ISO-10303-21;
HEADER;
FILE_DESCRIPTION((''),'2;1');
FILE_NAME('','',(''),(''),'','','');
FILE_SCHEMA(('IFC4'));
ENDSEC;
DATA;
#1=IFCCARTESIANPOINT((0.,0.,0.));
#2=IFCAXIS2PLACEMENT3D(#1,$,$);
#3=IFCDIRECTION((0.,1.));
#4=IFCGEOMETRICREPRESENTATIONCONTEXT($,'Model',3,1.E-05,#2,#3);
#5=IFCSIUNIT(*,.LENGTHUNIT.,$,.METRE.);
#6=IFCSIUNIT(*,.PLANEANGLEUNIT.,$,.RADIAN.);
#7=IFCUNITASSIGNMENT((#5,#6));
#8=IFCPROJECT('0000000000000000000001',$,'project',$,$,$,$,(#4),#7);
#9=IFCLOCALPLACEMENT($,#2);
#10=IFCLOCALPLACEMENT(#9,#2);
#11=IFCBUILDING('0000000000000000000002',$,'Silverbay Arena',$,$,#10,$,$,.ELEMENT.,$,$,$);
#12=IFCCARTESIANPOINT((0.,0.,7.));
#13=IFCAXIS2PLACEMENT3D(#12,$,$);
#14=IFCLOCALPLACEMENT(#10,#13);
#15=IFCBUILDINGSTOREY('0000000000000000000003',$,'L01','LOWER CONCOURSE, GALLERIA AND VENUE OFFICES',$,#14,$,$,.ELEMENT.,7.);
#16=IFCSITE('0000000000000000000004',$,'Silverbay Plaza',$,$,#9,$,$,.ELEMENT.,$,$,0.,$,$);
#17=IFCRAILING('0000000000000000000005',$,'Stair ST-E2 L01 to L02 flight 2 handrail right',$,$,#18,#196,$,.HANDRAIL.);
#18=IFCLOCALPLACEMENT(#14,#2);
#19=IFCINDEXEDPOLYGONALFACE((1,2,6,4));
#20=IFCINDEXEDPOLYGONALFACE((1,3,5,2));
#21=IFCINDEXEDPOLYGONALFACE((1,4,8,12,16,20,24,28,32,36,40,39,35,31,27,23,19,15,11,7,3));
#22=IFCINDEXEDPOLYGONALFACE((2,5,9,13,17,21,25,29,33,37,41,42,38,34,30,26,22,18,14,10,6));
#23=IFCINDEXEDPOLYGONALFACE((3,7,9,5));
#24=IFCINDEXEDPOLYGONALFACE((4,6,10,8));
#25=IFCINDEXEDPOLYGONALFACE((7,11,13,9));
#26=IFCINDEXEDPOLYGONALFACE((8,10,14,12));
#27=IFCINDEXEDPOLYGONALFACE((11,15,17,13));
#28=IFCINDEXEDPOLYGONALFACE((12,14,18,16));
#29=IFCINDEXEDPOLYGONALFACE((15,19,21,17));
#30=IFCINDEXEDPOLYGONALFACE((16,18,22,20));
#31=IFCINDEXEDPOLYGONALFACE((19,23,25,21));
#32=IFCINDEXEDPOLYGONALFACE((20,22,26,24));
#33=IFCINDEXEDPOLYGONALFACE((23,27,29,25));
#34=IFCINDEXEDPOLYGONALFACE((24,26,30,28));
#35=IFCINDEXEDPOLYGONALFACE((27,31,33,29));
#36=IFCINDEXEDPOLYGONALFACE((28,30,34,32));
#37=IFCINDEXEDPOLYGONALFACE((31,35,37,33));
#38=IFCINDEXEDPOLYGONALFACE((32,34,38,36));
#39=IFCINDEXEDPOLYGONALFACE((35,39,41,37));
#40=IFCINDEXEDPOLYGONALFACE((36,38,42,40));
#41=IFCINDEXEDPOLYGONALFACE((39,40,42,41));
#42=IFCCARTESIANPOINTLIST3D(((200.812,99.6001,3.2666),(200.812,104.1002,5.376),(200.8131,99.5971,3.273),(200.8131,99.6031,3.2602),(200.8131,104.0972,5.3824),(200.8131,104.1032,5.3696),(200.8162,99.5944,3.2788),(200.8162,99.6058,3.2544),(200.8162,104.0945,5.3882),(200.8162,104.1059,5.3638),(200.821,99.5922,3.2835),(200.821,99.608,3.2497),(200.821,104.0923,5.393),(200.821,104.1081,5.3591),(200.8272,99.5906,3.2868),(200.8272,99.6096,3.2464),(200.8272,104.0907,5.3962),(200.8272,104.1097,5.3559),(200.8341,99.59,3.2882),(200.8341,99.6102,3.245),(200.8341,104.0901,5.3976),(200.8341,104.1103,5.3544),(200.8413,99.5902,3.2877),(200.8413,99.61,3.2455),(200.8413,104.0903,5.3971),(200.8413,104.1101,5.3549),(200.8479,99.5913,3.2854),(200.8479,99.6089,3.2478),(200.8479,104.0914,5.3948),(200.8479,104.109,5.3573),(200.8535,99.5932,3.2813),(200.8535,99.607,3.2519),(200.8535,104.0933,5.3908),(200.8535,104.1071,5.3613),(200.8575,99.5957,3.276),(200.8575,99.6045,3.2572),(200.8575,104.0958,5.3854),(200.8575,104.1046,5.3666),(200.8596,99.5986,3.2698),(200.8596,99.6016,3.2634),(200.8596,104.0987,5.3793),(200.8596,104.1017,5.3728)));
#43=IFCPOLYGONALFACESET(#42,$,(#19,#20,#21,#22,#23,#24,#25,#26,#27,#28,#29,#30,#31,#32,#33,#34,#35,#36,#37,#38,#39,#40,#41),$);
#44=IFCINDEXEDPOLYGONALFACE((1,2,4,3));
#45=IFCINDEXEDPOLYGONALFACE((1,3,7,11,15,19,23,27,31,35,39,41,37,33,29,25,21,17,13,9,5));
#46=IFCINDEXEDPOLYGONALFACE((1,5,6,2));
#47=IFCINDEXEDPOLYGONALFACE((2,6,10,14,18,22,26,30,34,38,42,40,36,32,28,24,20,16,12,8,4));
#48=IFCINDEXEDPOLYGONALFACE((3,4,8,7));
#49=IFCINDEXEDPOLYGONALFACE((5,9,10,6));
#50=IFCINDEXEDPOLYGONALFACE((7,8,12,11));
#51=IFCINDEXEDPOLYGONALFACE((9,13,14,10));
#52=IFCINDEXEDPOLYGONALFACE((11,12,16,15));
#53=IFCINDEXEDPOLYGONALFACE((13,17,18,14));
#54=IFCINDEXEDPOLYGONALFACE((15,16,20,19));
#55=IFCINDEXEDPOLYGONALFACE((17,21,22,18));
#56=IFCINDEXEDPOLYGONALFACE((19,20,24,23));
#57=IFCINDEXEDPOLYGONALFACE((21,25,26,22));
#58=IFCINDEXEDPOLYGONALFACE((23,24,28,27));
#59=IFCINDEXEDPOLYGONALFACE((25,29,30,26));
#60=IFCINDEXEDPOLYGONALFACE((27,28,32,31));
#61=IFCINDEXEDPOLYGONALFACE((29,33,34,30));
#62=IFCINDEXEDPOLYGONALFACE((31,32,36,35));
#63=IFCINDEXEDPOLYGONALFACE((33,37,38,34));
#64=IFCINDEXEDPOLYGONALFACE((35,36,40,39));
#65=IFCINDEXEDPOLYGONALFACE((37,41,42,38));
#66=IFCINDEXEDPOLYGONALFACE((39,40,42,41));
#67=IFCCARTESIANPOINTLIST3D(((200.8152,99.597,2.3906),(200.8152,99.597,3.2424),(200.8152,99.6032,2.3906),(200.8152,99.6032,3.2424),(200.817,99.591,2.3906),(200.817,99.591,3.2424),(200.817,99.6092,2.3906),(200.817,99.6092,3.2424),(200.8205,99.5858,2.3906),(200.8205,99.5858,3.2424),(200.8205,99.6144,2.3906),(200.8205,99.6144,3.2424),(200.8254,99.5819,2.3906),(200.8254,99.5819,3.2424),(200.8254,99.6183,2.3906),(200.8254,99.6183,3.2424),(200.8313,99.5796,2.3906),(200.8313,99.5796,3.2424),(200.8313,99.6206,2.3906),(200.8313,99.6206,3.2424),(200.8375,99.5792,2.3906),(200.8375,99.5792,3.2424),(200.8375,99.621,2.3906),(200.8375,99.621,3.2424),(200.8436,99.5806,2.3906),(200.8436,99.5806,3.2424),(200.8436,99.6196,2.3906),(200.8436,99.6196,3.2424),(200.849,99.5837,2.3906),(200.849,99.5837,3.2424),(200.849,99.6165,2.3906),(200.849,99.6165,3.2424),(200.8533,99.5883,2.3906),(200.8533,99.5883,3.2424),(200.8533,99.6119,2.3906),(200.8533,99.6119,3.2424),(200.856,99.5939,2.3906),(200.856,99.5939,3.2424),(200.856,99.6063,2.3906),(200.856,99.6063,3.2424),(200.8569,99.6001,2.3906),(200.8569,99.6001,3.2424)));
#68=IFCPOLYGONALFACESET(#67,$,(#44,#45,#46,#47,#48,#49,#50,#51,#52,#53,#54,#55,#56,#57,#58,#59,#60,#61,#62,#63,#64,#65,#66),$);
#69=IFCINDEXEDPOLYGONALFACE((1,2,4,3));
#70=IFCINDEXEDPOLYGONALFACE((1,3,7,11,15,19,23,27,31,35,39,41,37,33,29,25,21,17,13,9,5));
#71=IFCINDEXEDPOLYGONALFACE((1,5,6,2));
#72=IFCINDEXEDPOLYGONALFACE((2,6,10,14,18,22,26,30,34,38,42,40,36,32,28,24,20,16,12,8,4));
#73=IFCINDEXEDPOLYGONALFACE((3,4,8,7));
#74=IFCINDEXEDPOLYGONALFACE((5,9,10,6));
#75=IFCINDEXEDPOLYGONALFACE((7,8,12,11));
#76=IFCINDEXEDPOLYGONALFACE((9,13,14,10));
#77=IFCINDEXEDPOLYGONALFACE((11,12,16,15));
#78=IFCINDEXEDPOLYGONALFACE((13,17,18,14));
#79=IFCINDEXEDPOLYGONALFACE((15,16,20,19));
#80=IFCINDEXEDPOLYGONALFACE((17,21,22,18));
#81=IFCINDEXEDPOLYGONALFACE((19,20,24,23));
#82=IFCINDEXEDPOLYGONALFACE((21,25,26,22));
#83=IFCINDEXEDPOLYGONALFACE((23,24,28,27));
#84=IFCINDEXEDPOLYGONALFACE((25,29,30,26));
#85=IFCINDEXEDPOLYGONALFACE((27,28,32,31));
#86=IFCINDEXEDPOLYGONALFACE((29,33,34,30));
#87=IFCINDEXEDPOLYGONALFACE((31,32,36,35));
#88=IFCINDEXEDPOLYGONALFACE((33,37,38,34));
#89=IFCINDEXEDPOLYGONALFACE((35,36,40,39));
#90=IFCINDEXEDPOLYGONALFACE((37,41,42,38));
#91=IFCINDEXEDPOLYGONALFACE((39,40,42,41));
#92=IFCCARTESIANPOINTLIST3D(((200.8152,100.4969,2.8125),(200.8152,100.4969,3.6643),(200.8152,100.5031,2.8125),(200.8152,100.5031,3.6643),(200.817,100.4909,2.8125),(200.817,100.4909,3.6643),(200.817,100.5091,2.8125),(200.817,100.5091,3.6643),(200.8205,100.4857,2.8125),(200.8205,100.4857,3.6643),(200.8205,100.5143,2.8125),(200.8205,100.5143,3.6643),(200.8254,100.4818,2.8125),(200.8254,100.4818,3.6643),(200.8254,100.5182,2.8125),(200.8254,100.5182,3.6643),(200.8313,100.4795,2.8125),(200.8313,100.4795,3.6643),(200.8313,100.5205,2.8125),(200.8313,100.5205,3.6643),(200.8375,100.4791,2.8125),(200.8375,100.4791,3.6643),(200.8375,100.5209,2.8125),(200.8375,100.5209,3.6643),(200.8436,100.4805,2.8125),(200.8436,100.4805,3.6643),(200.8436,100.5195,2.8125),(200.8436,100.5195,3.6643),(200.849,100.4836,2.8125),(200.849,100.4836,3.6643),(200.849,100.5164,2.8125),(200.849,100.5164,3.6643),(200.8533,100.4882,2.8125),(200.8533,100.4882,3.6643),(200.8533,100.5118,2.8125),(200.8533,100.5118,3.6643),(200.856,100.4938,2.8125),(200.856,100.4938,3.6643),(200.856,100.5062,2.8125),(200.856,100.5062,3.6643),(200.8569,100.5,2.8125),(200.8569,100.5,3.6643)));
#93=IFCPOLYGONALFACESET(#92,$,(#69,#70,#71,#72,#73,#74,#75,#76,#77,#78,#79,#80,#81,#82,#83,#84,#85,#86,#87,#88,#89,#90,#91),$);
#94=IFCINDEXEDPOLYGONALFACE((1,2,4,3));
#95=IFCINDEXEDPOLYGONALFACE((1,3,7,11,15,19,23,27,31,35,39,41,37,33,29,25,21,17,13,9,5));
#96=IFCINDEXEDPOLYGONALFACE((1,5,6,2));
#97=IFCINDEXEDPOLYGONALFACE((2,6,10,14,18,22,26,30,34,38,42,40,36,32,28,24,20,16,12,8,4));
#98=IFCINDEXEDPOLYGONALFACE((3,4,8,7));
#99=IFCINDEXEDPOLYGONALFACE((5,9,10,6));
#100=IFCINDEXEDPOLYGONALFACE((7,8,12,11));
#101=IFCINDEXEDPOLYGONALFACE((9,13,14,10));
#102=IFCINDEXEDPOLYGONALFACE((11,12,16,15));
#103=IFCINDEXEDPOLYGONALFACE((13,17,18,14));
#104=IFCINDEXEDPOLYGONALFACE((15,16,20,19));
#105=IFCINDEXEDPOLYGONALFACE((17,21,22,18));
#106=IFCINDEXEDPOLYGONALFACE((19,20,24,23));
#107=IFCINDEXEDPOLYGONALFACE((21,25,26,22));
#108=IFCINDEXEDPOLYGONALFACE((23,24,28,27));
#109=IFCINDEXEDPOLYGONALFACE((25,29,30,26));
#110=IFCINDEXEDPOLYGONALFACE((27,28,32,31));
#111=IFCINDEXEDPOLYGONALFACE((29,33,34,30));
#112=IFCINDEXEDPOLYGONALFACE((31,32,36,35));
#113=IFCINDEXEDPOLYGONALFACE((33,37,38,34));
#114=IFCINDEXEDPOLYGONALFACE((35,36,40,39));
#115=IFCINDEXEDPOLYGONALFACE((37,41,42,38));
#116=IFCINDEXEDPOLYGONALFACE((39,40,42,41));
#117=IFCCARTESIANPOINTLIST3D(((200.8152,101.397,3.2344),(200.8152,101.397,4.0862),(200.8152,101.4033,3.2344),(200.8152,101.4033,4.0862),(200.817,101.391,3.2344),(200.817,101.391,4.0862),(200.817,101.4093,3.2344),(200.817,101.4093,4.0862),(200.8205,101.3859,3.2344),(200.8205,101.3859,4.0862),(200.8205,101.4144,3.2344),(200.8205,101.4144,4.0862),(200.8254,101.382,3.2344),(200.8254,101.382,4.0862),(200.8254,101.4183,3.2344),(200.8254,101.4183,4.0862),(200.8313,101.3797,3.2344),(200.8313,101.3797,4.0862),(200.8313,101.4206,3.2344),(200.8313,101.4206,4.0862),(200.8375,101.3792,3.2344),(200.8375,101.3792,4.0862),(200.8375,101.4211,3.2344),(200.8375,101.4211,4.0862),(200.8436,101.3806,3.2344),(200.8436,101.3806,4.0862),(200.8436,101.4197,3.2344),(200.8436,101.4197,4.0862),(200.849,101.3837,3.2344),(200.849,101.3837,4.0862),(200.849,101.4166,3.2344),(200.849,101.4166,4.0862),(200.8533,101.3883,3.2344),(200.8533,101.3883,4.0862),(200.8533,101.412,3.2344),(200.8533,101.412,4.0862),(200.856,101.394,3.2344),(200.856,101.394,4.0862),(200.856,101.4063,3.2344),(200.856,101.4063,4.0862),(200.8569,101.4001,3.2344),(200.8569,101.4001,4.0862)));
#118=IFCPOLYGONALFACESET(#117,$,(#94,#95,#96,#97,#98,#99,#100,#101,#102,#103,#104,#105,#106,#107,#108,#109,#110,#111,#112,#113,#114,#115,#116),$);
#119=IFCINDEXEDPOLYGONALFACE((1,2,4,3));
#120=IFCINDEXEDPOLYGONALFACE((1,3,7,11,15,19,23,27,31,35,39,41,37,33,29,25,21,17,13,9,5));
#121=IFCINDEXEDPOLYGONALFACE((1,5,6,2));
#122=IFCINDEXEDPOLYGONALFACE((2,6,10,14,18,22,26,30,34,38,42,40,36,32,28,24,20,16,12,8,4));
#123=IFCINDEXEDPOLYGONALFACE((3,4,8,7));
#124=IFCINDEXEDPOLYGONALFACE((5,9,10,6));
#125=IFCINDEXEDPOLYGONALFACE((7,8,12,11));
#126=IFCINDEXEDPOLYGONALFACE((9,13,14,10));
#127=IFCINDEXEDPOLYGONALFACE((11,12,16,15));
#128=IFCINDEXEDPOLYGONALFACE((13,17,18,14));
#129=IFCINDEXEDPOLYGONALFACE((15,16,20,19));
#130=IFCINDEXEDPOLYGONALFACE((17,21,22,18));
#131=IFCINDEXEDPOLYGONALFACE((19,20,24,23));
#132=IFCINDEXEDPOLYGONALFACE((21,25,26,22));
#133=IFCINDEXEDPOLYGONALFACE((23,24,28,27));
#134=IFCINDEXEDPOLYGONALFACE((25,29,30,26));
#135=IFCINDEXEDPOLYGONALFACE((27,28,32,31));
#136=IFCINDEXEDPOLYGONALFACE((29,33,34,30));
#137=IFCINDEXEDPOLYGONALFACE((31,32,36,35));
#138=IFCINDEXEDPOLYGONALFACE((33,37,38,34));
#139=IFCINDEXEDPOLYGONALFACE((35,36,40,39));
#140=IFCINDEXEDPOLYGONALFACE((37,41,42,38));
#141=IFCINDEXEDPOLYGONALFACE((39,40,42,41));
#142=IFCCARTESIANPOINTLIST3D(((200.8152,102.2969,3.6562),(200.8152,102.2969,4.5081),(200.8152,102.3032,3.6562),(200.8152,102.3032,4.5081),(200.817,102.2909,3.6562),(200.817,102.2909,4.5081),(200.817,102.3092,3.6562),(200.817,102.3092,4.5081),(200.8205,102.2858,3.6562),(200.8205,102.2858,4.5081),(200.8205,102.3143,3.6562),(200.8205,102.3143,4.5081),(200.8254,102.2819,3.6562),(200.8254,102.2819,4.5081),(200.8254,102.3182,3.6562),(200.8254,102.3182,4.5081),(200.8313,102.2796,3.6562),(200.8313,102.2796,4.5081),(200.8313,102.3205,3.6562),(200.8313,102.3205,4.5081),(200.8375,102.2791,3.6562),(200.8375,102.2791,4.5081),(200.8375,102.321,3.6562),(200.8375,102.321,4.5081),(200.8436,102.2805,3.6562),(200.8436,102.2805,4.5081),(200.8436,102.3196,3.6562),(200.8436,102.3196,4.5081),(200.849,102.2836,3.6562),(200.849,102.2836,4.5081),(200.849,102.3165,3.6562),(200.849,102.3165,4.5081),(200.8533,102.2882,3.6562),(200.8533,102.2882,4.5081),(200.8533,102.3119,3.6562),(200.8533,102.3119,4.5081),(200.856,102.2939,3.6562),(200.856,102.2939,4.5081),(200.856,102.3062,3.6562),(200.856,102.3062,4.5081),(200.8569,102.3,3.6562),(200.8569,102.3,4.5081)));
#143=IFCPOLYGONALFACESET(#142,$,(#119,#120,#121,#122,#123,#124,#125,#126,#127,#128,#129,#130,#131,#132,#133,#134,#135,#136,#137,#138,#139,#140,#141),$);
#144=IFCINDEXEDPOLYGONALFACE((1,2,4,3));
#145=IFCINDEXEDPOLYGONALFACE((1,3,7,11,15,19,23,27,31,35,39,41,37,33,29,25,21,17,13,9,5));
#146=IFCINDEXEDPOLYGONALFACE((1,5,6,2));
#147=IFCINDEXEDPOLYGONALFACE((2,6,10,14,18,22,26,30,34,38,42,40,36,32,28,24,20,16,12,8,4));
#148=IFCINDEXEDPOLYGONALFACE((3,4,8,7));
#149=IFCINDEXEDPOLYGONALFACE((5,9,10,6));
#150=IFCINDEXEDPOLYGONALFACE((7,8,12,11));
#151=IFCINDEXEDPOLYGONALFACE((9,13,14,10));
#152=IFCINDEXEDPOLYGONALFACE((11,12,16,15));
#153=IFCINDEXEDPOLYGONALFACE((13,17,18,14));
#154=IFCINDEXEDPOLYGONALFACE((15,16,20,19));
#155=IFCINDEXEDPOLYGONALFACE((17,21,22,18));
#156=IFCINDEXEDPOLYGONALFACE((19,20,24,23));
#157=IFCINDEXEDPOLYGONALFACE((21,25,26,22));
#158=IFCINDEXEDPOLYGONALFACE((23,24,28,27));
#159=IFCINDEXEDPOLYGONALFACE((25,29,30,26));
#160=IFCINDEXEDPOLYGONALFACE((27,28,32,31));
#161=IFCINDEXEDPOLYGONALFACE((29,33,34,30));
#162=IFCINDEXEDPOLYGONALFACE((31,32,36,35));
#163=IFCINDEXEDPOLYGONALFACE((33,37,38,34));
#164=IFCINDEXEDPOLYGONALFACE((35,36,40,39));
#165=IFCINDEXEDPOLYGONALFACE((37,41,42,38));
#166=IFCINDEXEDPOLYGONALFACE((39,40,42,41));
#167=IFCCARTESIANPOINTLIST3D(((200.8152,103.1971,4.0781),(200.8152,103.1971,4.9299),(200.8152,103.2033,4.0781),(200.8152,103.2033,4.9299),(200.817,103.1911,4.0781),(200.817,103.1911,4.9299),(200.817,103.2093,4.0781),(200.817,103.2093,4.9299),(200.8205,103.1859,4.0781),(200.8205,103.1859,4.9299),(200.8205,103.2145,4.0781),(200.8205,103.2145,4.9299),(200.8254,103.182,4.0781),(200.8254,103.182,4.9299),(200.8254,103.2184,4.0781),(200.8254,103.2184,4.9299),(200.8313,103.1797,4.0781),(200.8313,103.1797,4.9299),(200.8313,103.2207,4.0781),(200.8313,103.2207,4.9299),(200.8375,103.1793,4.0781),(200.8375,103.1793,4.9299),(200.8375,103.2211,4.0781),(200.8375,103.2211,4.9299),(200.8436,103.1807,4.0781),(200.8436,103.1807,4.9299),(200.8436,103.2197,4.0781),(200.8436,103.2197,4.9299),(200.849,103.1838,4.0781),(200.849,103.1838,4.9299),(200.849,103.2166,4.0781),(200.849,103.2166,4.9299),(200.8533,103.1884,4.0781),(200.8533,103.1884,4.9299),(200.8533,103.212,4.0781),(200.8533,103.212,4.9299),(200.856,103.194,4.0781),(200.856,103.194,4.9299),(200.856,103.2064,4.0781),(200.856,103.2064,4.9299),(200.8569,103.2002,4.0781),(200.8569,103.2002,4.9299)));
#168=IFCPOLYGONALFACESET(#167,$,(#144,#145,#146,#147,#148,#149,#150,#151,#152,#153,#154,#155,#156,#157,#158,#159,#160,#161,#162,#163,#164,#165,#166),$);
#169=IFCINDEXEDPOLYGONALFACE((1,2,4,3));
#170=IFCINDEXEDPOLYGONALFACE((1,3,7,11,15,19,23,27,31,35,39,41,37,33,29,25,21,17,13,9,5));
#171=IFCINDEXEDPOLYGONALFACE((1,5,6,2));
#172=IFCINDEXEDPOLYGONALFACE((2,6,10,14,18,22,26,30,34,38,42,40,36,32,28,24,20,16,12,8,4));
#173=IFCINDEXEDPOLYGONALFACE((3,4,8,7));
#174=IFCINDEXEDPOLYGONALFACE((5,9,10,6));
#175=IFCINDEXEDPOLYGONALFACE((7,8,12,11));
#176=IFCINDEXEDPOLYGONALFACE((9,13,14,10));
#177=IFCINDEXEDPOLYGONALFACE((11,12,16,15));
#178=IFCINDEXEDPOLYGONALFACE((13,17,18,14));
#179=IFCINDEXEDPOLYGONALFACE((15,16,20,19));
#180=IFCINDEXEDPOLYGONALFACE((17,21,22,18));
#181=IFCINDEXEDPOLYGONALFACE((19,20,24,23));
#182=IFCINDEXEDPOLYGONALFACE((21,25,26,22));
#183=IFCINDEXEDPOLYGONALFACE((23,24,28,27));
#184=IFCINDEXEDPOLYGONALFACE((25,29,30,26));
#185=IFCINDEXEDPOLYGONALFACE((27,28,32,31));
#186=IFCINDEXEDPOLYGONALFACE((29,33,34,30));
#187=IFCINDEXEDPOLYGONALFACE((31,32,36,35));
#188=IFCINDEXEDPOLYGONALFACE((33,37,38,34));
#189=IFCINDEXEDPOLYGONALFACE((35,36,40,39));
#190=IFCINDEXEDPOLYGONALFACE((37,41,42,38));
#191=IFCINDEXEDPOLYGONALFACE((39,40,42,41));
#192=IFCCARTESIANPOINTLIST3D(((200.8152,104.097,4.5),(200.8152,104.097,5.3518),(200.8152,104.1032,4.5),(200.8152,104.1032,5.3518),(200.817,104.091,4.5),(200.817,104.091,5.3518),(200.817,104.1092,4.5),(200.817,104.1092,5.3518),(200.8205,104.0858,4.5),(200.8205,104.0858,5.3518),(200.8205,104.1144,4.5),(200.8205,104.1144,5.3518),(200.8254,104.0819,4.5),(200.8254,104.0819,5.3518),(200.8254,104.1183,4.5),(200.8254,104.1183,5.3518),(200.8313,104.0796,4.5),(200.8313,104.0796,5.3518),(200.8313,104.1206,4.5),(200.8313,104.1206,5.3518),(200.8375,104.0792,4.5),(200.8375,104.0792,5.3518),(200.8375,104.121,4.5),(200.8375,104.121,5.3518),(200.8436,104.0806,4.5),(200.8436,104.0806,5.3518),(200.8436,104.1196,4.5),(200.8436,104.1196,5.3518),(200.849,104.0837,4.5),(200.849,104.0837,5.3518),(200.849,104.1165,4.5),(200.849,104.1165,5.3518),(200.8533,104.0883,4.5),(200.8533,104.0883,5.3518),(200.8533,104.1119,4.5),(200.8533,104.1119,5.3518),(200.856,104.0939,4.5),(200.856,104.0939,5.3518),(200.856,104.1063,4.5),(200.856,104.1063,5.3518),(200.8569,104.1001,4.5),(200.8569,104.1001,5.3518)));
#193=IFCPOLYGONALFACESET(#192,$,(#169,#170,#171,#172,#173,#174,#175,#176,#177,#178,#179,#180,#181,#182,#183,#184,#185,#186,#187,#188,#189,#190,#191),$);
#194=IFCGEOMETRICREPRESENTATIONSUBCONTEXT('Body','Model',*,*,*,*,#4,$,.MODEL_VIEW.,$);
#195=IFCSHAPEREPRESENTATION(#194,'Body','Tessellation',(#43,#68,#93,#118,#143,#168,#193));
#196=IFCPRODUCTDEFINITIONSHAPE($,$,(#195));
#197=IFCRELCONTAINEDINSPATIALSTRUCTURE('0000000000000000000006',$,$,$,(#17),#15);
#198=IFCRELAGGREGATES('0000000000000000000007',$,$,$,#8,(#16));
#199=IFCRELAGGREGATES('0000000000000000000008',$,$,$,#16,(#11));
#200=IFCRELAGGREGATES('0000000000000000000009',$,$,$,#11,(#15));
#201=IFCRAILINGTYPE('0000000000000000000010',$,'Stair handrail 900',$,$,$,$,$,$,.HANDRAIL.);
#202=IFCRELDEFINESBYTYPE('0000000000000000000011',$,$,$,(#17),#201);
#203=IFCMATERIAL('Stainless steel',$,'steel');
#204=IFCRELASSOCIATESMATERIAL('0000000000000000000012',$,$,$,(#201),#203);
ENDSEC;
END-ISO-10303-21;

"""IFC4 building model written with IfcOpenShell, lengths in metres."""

from ifc_helpers import new_model, si_unit, direction, frame, origin, origin_2d, place, context, subcontext, project, spatial, circle, extrude, material, type_object, element, save


model = new_model("IFC4")

# Units and contexts
model_context = context("Model", 3, precision=1e-05, world=origin(), true_north=direction((0.0, 1.0)))
body_context = subcontext(model_context, "Body", "Model", "MODEL_VIEW")
ifc_project = project(units=[si_unit("LENGTHUNIT", "METRE"), si_unit("PLANEANGLEUNIT", "RADIAN")], contexts=[model_context])

# Site, building, storey
site_placement = place(None, origin())
site = spatial("IfcSite", under=ifc_project, at=site_placement, Name="Silverbay Plaza", CompositionType="ELEMENT", RefElevation=0.0)
building_placement = place(site_placement, origin())
building = spatial("IfcBuilding", under=site, at=building_placement, Name="Silverbay Arena", CompositionType="ELEMENT")
storey_placement = place(building_placement, frame((0.0, 0.0, 7.0)))
storey = spatial("IfcBuildingStorey", under=building, at=storey_placement, Name="L01", Description="LOWER CONCOURSE, GALLERIA AND VENUE OFFICES", CompositionType="ELEMENT", Elevation=7.0)

# Railing
ifc_material_1 = material(Name="Stainless steel", Category="steel")
railing_type_1 = type_object("IfcRailingType", Name="Stair handrail 900", PredefinedType="HANDRAIL", material=ifc_material_1)
for number, where, name in (
    (1, (200.8359, 99.6001, 2.3906), "Stair ST-E2 L01 to L02 flight 2 handrail right"),
):
    element("IfcRailing", number, at=place(storey_placement, frame(where)), inside=storey, type_object=railing_type_1, Name=name, PredefinedType="HANDRAIL", context=body_context, shape_type="SweptSolid", body=[
        extrude(circle(Radius=0.0239, at=origin_2d()), frame((0.0, 0.0, 0.876), z_axis=(0.0, 0.905459, 0.424434), x_axis=(-1.0, 0.0, 0.0)), (0.0, 0.0, 1.0), 4.97),
        extrude(circle(Radius=0.021, at=origin_2d()), origin(), (0.0, 0.0, 1.0), 0.8518),
        extrude(circle(Radius=0.021, at=origin_2d()), frame((0.0, 0.8999, 0.4219)), (0.0, 0.0, 1.0), 0.8518),
        extrude(circle(Radius=0.021, at=origin_2d()), frame((0.0, 1.8, 0.8438)), (0.0, 0.0, 1.0), 0.8518),
        extrude(circle(Radius=0.021, at=origin_2d()), frame((0.0, 2.7, 1.2656)), (0.0, 0.0, 1.0), 0.8518),
        extrude(circle(Radius=0.021, at=origin_2d()), frame((0.0, 3.6001, 1.6875)), (0.0, 0.0, 1.0), 0.8518),
        extrude(circle(Radius=0.021, at=origin_2d()), frame((0.0, 4.5, 2.1094)), (0.0, 0.0, 1.0), 0.8518),
    ])

save(model, "model.ifc")
